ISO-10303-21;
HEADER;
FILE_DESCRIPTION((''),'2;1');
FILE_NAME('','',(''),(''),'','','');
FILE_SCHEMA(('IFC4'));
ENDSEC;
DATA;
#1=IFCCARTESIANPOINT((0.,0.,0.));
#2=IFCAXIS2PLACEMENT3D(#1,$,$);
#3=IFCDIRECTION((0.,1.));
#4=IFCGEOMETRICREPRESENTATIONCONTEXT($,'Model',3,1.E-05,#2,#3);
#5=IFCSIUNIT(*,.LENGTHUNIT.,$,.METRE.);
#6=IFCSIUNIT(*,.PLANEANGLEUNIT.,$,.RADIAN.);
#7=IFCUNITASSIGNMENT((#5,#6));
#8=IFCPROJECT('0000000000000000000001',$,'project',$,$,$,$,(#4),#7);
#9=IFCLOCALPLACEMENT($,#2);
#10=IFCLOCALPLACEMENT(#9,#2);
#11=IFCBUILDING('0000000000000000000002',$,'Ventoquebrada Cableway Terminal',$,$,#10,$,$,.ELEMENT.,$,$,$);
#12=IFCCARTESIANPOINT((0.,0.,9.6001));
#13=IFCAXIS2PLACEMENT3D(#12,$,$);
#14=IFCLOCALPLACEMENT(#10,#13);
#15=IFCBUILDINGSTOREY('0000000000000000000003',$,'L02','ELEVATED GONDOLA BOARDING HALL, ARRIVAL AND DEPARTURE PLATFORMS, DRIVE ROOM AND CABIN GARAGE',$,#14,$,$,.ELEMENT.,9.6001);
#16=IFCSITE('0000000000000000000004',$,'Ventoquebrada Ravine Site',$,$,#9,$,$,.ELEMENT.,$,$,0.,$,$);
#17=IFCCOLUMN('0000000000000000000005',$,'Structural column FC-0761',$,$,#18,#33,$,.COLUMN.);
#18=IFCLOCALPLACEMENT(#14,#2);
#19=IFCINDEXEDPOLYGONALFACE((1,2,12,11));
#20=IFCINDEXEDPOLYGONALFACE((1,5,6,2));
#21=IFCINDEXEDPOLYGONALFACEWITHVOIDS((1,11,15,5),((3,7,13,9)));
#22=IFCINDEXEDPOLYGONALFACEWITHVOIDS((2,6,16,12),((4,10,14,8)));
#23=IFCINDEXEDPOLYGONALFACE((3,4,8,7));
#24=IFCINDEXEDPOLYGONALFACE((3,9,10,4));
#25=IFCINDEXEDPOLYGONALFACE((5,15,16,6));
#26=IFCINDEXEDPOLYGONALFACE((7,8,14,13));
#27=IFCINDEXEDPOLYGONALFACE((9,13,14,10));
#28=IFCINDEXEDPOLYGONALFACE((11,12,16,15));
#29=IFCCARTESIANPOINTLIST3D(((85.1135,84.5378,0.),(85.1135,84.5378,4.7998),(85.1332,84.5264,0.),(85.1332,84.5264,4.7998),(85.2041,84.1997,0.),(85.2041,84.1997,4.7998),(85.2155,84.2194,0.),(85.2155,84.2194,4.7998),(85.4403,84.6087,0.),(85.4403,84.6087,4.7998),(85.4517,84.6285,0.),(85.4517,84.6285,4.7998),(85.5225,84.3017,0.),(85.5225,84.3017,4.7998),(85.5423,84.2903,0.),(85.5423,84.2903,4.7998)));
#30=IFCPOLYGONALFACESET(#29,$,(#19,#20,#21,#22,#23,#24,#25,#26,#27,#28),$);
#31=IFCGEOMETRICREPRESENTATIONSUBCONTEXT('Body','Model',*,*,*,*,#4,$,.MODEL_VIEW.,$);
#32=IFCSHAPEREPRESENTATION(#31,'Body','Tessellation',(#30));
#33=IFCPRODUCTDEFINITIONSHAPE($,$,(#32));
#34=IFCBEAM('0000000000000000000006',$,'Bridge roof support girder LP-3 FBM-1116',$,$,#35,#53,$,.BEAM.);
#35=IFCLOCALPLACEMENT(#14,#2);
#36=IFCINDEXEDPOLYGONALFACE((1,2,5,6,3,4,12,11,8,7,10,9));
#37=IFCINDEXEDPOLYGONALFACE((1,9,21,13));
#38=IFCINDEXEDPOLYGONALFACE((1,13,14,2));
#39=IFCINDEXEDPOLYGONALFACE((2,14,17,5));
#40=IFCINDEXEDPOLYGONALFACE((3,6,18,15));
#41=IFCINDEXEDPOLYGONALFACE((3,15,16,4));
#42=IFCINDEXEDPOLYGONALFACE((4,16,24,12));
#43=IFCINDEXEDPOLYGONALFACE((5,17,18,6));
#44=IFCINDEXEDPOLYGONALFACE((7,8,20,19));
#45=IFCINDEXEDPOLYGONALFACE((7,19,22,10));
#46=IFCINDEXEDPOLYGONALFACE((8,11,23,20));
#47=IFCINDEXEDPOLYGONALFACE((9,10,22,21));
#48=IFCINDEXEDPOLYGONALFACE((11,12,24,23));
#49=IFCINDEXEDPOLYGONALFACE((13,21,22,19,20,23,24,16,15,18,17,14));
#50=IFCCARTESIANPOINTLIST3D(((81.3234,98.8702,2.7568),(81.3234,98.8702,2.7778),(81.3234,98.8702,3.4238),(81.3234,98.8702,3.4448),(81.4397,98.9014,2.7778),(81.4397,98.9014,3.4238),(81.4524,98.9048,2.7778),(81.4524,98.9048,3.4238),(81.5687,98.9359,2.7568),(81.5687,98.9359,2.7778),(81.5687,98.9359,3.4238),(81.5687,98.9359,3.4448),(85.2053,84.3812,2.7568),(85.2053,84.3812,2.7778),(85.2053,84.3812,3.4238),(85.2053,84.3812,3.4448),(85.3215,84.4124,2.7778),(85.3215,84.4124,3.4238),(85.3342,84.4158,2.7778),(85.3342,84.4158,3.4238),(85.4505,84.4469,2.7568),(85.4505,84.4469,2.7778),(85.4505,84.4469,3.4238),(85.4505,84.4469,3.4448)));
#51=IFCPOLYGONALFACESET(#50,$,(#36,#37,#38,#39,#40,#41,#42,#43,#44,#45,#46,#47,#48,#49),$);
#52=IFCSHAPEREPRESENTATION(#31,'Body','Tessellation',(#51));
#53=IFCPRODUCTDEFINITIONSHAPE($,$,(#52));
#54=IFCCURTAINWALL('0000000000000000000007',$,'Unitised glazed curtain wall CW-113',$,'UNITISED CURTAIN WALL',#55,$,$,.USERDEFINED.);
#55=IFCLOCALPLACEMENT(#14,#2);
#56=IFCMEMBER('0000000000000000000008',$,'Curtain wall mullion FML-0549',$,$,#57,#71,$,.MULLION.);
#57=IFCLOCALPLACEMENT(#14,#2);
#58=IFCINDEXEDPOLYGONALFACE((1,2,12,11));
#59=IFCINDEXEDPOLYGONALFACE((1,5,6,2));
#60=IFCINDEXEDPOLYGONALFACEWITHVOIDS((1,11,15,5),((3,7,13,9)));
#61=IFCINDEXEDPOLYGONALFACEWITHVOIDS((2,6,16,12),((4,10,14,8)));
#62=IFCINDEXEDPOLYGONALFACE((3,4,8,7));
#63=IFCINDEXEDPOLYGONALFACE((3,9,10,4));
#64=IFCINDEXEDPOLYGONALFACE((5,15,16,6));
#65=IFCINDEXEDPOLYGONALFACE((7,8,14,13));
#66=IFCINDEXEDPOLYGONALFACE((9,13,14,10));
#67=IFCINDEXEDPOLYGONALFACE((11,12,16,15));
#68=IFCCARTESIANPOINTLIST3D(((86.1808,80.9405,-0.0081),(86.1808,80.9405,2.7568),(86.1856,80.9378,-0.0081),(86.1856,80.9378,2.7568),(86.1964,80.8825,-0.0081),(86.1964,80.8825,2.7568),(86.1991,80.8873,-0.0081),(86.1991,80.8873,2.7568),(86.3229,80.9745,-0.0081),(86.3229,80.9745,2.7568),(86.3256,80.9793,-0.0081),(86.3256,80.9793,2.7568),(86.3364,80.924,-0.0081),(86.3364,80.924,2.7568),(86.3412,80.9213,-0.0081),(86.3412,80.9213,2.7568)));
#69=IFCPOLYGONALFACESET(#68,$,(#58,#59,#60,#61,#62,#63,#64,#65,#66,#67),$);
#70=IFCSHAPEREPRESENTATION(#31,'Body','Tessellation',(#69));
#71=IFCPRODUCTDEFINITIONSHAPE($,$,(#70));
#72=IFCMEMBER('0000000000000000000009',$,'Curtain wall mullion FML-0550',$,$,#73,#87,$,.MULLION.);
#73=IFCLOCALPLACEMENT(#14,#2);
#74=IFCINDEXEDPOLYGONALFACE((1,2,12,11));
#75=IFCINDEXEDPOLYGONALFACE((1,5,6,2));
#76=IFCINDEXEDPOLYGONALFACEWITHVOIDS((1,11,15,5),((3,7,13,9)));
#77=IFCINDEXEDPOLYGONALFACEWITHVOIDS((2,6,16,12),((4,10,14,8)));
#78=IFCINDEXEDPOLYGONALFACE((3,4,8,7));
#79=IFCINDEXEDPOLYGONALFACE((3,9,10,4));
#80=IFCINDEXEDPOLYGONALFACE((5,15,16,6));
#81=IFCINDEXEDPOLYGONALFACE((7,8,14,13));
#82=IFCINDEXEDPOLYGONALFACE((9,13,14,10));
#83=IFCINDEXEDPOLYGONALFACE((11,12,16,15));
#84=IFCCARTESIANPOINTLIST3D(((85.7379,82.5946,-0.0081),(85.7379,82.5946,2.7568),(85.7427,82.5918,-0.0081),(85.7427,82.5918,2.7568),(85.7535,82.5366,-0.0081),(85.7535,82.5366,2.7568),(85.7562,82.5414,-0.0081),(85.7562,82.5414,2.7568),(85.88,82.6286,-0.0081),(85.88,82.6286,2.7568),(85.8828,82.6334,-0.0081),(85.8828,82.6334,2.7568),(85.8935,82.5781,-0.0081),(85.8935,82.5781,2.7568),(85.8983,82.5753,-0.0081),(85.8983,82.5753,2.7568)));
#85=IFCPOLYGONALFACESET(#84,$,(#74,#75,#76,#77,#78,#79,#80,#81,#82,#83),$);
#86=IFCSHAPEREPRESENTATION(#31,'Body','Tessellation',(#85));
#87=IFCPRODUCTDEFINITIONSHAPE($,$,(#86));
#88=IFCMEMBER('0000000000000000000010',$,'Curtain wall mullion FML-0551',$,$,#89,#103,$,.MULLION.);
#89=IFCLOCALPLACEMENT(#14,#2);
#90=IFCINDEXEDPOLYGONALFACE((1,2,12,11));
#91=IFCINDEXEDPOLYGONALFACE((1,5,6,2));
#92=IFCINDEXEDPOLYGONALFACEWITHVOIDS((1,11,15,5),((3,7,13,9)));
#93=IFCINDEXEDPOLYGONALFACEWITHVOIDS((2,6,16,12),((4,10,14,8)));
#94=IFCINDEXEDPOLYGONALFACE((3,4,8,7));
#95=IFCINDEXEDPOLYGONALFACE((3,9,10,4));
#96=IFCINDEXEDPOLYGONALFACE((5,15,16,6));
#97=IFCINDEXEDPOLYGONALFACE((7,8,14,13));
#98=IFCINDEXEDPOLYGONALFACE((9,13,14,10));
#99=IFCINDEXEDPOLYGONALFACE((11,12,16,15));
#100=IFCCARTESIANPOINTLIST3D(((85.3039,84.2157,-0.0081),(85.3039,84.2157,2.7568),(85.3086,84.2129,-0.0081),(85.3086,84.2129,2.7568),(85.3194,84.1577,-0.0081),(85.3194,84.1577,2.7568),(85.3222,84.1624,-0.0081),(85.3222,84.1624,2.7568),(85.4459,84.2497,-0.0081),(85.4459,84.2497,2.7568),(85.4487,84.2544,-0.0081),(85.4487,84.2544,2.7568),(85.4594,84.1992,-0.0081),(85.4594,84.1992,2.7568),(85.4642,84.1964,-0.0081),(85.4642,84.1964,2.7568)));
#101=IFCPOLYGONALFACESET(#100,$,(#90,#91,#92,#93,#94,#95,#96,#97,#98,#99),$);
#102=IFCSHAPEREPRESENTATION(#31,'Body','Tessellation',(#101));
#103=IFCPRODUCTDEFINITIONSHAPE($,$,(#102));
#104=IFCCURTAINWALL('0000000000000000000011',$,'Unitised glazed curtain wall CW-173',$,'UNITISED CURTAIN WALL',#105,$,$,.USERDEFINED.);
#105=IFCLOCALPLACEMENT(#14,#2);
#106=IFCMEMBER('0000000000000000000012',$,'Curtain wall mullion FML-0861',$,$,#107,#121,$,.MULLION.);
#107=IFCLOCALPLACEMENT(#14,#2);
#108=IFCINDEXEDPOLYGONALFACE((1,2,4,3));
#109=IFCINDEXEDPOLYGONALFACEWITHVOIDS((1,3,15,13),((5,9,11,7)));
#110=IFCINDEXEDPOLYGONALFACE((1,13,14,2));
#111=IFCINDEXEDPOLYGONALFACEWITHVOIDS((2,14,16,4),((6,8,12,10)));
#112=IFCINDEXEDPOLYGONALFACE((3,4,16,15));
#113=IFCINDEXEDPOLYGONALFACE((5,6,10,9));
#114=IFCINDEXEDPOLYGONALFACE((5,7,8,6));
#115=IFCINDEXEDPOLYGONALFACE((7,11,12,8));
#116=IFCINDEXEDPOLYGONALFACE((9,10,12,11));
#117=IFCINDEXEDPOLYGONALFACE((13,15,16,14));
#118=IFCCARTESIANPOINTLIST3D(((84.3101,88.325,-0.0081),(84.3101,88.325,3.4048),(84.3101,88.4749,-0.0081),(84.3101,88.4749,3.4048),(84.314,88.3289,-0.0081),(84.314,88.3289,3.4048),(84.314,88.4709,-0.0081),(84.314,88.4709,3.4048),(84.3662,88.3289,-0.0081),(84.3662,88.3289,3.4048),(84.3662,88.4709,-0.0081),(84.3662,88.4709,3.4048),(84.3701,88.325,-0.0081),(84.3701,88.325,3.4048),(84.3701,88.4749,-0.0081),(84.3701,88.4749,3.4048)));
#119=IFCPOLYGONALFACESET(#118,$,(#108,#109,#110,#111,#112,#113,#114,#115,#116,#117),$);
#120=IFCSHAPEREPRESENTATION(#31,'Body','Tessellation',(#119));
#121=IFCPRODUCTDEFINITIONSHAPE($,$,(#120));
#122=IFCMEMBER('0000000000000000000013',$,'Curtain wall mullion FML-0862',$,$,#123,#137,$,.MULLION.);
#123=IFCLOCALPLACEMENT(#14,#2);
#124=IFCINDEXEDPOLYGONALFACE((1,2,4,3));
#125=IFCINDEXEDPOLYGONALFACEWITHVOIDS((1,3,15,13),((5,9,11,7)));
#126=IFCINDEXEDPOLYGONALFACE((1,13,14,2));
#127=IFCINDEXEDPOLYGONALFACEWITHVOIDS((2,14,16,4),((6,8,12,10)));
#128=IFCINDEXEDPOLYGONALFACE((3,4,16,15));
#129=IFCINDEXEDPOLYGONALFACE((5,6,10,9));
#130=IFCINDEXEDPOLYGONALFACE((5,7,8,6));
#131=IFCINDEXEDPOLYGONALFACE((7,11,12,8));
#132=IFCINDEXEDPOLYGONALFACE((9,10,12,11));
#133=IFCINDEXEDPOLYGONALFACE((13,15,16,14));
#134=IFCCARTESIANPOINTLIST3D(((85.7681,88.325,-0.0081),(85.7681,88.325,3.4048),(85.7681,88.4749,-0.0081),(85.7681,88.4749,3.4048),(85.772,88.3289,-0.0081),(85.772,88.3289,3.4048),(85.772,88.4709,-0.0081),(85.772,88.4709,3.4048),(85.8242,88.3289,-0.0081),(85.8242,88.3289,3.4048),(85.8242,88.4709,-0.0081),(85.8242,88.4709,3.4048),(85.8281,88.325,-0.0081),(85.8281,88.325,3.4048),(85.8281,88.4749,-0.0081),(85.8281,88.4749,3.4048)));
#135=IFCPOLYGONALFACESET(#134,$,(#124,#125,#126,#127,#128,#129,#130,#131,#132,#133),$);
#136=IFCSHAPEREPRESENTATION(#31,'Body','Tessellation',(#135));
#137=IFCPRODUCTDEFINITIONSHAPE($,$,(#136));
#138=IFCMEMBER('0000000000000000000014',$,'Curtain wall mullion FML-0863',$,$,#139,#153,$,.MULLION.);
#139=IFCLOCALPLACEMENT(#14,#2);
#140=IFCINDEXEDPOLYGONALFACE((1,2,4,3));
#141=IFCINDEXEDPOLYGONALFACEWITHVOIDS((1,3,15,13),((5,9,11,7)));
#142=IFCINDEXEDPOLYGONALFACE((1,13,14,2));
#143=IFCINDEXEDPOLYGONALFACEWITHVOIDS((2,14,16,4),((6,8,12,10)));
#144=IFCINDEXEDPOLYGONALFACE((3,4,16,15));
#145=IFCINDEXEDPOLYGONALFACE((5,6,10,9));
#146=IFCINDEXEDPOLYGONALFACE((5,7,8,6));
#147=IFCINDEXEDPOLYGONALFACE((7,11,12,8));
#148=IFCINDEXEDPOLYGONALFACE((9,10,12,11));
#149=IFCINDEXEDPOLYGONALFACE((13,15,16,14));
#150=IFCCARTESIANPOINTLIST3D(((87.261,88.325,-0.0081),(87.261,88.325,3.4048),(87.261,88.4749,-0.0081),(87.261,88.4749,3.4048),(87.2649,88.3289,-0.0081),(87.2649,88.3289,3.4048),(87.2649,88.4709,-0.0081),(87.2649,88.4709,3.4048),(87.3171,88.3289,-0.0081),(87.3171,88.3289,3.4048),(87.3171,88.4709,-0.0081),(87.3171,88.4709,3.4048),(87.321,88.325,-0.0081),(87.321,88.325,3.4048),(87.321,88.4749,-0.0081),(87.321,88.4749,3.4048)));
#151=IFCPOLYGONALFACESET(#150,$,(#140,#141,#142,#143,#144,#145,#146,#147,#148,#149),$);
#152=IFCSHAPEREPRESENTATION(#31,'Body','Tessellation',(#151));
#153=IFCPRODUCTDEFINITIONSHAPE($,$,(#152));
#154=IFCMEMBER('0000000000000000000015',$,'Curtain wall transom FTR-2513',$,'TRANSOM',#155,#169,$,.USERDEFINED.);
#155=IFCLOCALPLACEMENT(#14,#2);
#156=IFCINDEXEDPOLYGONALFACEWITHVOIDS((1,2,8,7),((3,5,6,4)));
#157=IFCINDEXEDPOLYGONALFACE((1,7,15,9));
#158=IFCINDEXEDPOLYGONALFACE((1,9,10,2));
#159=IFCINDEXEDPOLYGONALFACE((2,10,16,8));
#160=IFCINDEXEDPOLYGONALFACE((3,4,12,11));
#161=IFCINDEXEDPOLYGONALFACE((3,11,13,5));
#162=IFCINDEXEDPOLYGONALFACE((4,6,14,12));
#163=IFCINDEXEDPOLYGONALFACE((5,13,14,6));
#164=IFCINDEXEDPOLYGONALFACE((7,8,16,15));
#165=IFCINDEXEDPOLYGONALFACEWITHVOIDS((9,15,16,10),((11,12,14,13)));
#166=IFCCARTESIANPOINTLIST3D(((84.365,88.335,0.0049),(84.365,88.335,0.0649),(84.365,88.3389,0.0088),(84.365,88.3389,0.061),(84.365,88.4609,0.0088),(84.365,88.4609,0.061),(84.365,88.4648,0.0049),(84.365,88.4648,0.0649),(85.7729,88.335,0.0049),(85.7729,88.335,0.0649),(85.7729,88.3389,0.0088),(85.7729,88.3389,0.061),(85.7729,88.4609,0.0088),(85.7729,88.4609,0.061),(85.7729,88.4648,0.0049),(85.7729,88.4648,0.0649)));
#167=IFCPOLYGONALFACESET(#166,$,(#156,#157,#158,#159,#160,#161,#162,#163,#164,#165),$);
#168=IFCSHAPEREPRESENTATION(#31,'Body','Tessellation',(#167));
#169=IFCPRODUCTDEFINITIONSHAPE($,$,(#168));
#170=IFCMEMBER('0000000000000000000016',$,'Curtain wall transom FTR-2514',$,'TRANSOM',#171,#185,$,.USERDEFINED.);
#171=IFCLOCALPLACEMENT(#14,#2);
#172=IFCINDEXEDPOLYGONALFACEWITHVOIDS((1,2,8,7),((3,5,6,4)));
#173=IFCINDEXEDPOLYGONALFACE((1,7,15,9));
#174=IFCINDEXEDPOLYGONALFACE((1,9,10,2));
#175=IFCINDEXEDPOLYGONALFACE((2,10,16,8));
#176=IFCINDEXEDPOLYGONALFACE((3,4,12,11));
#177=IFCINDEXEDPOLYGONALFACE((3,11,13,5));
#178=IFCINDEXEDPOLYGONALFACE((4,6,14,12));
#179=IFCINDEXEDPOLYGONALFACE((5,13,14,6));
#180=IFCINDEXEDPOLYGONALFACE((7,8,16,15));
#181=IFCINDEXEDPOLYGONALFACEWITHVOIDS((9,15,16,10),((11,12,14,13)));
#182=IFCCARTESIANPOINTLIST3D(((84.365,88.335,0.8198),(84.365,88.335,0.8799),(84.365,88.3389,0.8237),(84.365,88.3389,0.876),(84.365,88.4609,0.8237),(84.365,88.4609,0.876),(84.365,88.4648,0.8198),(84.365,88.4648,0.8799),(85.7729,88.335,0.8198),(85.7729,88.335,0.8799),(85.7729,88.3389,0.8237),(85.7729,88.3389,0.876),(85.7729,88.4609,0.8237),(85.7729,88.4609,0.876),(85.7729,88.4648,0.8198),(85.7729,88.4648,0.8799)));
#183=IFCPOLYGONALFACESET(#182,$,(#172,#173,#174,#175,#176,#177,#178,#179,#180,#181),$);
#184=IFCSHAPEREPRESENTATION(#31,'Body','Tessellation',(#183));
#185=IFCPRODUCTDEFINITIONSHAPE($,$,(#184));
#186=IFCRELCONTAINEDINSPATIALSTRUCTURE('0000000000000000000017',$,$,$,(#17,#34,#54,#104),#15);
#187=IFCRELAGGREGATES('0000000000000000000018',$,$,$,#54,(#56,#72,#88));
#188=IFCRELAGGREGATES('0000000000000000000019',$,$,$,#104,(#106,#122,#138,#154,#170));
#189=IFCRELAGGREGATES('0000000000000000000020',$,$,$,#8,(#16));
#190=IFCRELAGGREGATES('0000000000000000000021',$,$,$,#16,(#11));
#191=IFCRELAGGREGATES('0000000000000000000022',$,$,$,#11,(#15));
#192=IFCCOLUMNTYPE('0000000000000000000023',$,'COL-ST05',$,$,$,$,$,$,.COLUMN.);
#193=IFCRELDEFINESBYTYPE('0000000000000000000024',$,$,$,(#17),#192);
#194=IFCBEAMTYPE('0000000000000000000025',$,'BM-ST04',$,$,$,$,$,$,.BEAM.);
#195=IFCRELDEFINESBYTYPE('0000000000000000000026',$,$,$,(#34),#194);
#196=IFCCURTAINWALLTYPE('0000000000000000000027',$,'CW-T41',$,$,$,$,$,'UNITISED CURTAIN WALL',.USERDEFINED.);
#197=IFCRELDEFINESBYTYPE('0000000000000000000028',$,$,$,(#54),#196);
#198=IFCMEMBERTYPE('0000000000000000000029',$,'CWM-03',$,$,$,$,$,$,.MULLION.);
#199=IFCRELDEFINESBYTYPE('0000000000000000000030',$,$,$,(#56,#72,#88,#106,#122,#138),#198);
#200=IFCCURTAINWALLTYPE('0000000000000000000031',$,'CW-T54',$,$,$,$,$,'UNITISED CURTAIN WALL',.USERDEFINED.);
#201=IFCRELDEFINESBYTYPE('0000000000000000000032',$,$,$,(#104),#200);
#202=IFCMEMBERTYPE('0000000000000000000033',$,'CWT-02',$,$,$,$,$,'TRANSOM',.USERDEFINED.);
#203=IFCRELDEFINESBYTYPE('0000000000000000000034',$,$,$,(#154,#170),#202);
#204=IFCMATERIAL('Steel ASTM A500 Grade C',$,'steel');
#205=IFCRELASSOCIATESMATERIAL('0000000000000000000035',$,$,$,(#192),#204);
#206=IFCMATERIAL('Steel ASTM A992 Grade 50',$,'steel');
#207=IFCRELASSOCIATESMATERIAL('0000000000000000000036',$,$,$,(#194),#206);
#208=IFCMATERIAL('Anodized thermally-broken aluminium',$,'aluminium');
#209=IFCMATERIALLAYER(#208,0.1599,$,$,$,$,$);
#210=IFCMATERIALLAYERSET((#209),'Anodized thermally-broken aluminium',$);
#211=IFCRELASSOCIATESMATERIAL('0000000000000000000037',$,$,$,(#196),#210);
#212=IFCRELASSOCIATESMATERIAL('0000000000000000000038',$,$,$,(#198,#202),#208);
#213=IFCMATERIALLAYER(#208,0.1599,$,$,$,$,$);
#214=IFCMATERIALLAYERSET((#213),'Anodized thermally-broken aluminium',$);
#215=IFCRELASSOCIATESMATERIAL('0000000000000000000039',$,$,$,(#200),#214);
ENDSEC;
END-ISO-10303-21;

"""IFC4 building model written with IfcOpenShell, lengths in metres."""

from ifc_helpers import new_model, si_unit, direction, frame, origin, origin_2d, place, context, subcontext, project, spatial, hollow_rectangle, i_section, extrude, material, layer, layer_set, material_profile, profile_set, type_object, element, aggregate, save


model = new_model("IFC4")

# Units and contexts
model_context = context("Model", 3, precision=1e-05, world=origin(), true_north=direction((0.0, 1.0)))
body_context = subcontext(model_context, "Body", "Model", "MODEL_VIEW")
ifc_project = project(units=[si_unit("LENGTHUNIT", "METRE"), si_unit("PLANEANGLEUNIT", "RADIAN")], contexts=[model_context])

# Site, building, storey
site_placement = place(None, origin())
site = spatial("IfcSite", under=ifc_project, at=site_placement, Name="Ventoquebrada Ravine Site", CompositionType="ELEMENT", RefElevation=0.0)
building_placement = place(site_placement, origin())
building = spatial("IfcBuilding", under=site, at=building_placement, Name="Ventoquebrada Cableway Terminal", CompositionType="ELEMENT")
storey_placement = place(building_placement, frame((0.0, 0.0, 9.6001)))
storey = spatial("IfcBuildingStorey", under=building, at=storey_placement, Name="L02", Description="ELEVATED GONDOLA BOARDING HALL, ARRIVAL AND DEPARTURE PLATFORMS, DRIVE ROOM AND CABIN GARAGE", CompositionType="ELEMENT", Elevation=9.6001)

# Column
ifc_material_1 = material(Name="Steel ASTM A500 Grade C", Category="steel")
ifc_material_profile_1 = material_profile(ifc_material_1, hollow_rectangle(XDim=0.3501, YDim=0.3501, WallThickness=0.0161, at=origin_2d()), Name="HSS350X350X16")
ifc_profile_set_1 = profile_set([ifc_material_profile_1], Name="Steel ASTM A500 Grade C")
column_type = type_object("IfcColumnType", Name="COL-ST05", PredefinedType="COLUMN", material=ifc_profile_set_1)
column_placement = place(storey_placement, frame((85.3279, 84.4141, 0.0), z_axis=(0.0, 0.0, 1.0), x_axis=(0.965926, 0.258819, 0.0)))
element("IfcColumn", 1, at=column_placement, inside=storey, type_object=column_type, Name="Structural column FC-0761", PredefinedType="COLUMN", context=body_context, shape_type="SweptSolid", body=[
    extrude(hollow_rectangle(XDim=0.3501, YDim=0.3501, WallThickness=0.0161, at=origin_2d()), origin(), (0.0, 0.0, 1.0), 4.7998),
])

# Beam
ifc_material_2 = material(Name="Steel ASTM A992 Grade 50", Category="steel")
ifc_material_profile_2 = material_profile(ifc_material_2, i_section(OverallWidth=0.2539, OverallDepth=0.688, WebThickness=0.0132, FlangeThickness=0.021, at=origin_2d()), Name="W27X102")
ifc_profile_set_2 = profile_set([ifc_material_profile_2], Name="Steel ASTM A992 Grade 50")
beam_type_1 = type_object("IfcBeamType", Name="BM-ST04", PredefinedType="BEAM", material=ifc_profile_set_2)
beam_1_placement = place(storey_placement, frame((85.3279, 84.4141, 3.1008), z_axis=(-0.258789, 0.965934, 0.0), x_axis=(-0.965934, -0.258789, 0.0)))
element("IfcBeam", 2, at=beam_1_placement, inside=storey, type_object=beam_type_1, Name="Bridge roof support girder LP-3 FBM-1116", PredefinedType="BEAM", context=body_context, shape_type="SweptSolid", body=[
    extrude(i_section(OverallWidth=0.2539, OverallDepth=0.688, WebThickness=0.0132, FlangeThickness=0.021, at=origin_2d()), origin(), (0.0, 0.0, 1.0), 15.0),
])

# Curtain walls, members
ifc_material_3 = material(Name="Anodized thermally-broken aluminium", Category="aluminium")
ifc_layer_1 = layer(ifc_material_3, 0.1599)
ifc_layer_set_1 = layer_set([ifc_layer_1], Name="Anodized thermally-broken aluminium")
curtain_wall_type_1 = type_object("IfcCurtainWallType", Name="CW-T41", ElementType="UNITISED CURTAIN WALL", PredefinedType="USERDEFINED", material=ifc_layer_set_1)
curtain_wall_1_placement = place(storey_placement, origin())
curtain_wall_1 = element("IfcCurtainWall", 3, at=curtain_wall_1_placement, inside=storey, type_object=curtain_wall_type_1, Name="Unitised glazed curtain wall CW-113", ObjectType="UNITISED CURTAIN WALL", PredefinedType="USERDEFINED")
ifc_material_profile_3 = material_profile(ifc_material_3, hollow_rectangle(XDim=0.0601, YDim=0.1499, WallThickness=0.0039, at=origin_2d()), Name="CW-MUL-60X150")
ifc_profile_set_3 = profile_set([ifc_material_profile_3], Name="Anodized thermally-broken aluminium")
member_type_1 = type_object("IfcMemberType", Name="CWM-03", PredefinedType="MULLION", material=ifc_profile_set_3)
member_1_placement = place(storey_placement, frame((86.261, 80.9309, -0.0081), z_axis=(0.0, 0.0, 1.0), x_axis=(-0.258617, 0.96598, 0.0)))
member_1 = element("IfcMember", 4, at=member_1_placement, type_object=member_type_1, Name="Curtain wall mullion FML-0549", PredefinedType="MULLION", context=body_context, shape_type="SweptSolid", body=[
    extrude(hollow_rectangle(XDim=0.0601, YDim=0.1499, WallThickness=0.0039, at=origin_2d()), origin(), (0.0, 0.0, 1.0), 2.7649),
])
member_2_placement = place(storey_placement, frame((85.8181, 82.585, -0.0081), z_axis=(0.0, 0.0, 1.0), x_axis=(-0.258617, 0.96598, 0.0)))
member_2 = element("IfcMember", 5, at=member_2_placement, type_object=member_type_1, Name="Curtain wall mullion FML-0550", PredefinedType="MULLION", context=body_context, shape_type="SweptSolid", body=[
    extrude(hollow_rectangle(XDim=0.0601, YDim=0.1499, WallThickness=0.0039, at=origin_2d()), origin(), (0.0, 0.0, 1.0), 2.7649),
])
member_3_placement = place(storey_placement, frame((85.384, 84.2061, -0.0081), z_axis=(0.0, 0.0, 1.0), x_axis=(-0.258617, 0.96598, 0.0)))
member_3 = element("IfcMember", 6, at=member_3_placement, type_object=member_type_1, Name="Curtain wall mullion FML-0551", PredefinedType="MULLION", context=body_context, shape_type="SweptSolid", body=[
    extrude(hollow_rectangle(XDim=0.0601, YDim=0.1499, WallThickness=0.0039, at=origin_2d()), origin(), (0.0, 0.0, 1.0), 2.7649),
])
ifc_layer_2 = layer(ifc_material_3, 0.1599)
ifc_layer_set_2 = layer_set([ifc_layer_2], Name="Anodized thermally-broken aluminium")
curtain_wall_type_2 = type_object("IfcCurtainWallType", Name="CW-T54", ElementType="UNITISED CURTAIN WALL", PredefinedType="USERDEFINED", material=ifc_layer_set_2)
curtain_wall_2_placement = place(storey_placement, origin())
curtain_wall_2 = element("IfcCurtainWall", 7, at=curtain_wall_2_placement, inside=storey, type_object=curtain_wall_type_2, Name="Unitised glazed curtain wall CW-173", ObjectType="UNITISED CURTAIN WALL", PredefinedType="USERDEFINED")
member_4_placement = place(storey_placement, frame((84.3401, 88.3999, -0.0081), z_axis=(0.0, 0.0, 1.0), x_axis=(1.0, 0.0, 0.0)))
member_4 = element("IfcMember", 8, at=member_4_placement, type_object=member_type_1, Name="Curtain wall mullion FML-0861", PredefinedType="MULLION", context=body_context, shape_type="SweptSolid", body=[
    extrude(hollow_rectangle(XDim=0.0601, YDim=0.1499, WallThickness=0.0039, at=origin_2d()), origin(), (0.0, 0.0, 1.0), 3.4128),
])
member_5_placement = place(storey_placement, frame((85.7981, 88.3999, -0.0081), z_axis=(0.0, 0.0, 1.0), x_axis=(1.0, 0.0, 0.0)))
member_5 = element("IfcMember", 9, at=member_5_placement, type_object=member_type_1, Name="Curtain wall mullion FML-0862", PredefinedType="MULLION", context=body_context, shape_type="SweptSolid", body=[
    extrude(hollow_rectangle(XDim=0.0601, YDim=0.1499, WallThickness=0.0039, at=origin_2d()), origin(), (0.0, 0.0, 1.0), 3.4128),
])
member_6_placement = place(storey_placement, frame((87.291, 88.3999, -0.0081), z_axis=(0.0, 0.0, 1.0), x_axis=(1.0, 0.0, 0.0)))
member_6 = element("IfcMember", 10, at=member_6_placement, type_object=member_type_1, Name="Curtain wall mullion FML-0863", PredefinedType="MULLION", context=body_context, shape_type="SweptSolid", body=[
    extrude(hollow_rectangle(XDim=0.0601, YDim=0.1499, WallThickness=0.0039, at=origin_2d()), origin(), (0.0, 0.0, 1.0), 3.4128),
])
ifc_material_profile_4 = material_profile(ifc_material_3, hollow_rectangle(XDim=0.0601, YDim=0.1299, WallThickness=0.0039, at=origin_2d()), Name="CW-TRN-60X130")
ifc_profile_set_4 = profile_set([ifc_material_profile_4], Name="Anodized thermally-broken aluminium")
member_type_2 = type_object("IfcMemberType", Name="CWT-02", ElementType="TRANSOM", PredefinedType="USERDEFINED", material=ifc_profile_set_4)
member_7_placement = place(storey_placement, frame((84.365, 88.3999, 0.0349), z_axis=(1.0, 0.0, 0.0), x_axis=(0.0, 0.0, 1.0)))
member_7 = element("IfcMember", 11, at=member_7_placement, type_object=member_type_2, Name="Curtain wall transom FTR-2513", ObjectType="TRANSOM", PredefinedType="USERDEFINED", context=body_context, shape_type="SweptSolid", body=[
    extrude(hollow_rectangle(XDim=0.0601, YDim=0.1299, WallThickness=0.0039, at=origin_2d()), origin(), (0.0, 0.0, 1.0), 1.408),
])
member_8_placement = place(storey_placement, frame((84.365, 88.3999, 0.8499), z_axis=(1.0, 0.0, 0.0), x_axis=(0.0, 0.0, 1.0)))
member_8 = element("IfcMember", 12, at=member_8_placement, type_object=member_type_2, Name="Curtain wall transom FTR-2514", ObjectType="TRANSOM", PredefinedType="USERDEFINED", context=body_context, shape_type="SweptSolid", body=[
    extrude(hollow_rectangle(XDim=0.0601, YDim=0.1299, WallThickness=0.0039, at=origin_2d()), origin(), (0.0, 0.0, 1.0), 1.408),
])

aggregate(curtain_wall_1, [member_1, member_2, member_3])
aggregate(curtain_wall_2, [member_4, member_5, member_6, member_7, member_8])

save(model, "model.ifc")
